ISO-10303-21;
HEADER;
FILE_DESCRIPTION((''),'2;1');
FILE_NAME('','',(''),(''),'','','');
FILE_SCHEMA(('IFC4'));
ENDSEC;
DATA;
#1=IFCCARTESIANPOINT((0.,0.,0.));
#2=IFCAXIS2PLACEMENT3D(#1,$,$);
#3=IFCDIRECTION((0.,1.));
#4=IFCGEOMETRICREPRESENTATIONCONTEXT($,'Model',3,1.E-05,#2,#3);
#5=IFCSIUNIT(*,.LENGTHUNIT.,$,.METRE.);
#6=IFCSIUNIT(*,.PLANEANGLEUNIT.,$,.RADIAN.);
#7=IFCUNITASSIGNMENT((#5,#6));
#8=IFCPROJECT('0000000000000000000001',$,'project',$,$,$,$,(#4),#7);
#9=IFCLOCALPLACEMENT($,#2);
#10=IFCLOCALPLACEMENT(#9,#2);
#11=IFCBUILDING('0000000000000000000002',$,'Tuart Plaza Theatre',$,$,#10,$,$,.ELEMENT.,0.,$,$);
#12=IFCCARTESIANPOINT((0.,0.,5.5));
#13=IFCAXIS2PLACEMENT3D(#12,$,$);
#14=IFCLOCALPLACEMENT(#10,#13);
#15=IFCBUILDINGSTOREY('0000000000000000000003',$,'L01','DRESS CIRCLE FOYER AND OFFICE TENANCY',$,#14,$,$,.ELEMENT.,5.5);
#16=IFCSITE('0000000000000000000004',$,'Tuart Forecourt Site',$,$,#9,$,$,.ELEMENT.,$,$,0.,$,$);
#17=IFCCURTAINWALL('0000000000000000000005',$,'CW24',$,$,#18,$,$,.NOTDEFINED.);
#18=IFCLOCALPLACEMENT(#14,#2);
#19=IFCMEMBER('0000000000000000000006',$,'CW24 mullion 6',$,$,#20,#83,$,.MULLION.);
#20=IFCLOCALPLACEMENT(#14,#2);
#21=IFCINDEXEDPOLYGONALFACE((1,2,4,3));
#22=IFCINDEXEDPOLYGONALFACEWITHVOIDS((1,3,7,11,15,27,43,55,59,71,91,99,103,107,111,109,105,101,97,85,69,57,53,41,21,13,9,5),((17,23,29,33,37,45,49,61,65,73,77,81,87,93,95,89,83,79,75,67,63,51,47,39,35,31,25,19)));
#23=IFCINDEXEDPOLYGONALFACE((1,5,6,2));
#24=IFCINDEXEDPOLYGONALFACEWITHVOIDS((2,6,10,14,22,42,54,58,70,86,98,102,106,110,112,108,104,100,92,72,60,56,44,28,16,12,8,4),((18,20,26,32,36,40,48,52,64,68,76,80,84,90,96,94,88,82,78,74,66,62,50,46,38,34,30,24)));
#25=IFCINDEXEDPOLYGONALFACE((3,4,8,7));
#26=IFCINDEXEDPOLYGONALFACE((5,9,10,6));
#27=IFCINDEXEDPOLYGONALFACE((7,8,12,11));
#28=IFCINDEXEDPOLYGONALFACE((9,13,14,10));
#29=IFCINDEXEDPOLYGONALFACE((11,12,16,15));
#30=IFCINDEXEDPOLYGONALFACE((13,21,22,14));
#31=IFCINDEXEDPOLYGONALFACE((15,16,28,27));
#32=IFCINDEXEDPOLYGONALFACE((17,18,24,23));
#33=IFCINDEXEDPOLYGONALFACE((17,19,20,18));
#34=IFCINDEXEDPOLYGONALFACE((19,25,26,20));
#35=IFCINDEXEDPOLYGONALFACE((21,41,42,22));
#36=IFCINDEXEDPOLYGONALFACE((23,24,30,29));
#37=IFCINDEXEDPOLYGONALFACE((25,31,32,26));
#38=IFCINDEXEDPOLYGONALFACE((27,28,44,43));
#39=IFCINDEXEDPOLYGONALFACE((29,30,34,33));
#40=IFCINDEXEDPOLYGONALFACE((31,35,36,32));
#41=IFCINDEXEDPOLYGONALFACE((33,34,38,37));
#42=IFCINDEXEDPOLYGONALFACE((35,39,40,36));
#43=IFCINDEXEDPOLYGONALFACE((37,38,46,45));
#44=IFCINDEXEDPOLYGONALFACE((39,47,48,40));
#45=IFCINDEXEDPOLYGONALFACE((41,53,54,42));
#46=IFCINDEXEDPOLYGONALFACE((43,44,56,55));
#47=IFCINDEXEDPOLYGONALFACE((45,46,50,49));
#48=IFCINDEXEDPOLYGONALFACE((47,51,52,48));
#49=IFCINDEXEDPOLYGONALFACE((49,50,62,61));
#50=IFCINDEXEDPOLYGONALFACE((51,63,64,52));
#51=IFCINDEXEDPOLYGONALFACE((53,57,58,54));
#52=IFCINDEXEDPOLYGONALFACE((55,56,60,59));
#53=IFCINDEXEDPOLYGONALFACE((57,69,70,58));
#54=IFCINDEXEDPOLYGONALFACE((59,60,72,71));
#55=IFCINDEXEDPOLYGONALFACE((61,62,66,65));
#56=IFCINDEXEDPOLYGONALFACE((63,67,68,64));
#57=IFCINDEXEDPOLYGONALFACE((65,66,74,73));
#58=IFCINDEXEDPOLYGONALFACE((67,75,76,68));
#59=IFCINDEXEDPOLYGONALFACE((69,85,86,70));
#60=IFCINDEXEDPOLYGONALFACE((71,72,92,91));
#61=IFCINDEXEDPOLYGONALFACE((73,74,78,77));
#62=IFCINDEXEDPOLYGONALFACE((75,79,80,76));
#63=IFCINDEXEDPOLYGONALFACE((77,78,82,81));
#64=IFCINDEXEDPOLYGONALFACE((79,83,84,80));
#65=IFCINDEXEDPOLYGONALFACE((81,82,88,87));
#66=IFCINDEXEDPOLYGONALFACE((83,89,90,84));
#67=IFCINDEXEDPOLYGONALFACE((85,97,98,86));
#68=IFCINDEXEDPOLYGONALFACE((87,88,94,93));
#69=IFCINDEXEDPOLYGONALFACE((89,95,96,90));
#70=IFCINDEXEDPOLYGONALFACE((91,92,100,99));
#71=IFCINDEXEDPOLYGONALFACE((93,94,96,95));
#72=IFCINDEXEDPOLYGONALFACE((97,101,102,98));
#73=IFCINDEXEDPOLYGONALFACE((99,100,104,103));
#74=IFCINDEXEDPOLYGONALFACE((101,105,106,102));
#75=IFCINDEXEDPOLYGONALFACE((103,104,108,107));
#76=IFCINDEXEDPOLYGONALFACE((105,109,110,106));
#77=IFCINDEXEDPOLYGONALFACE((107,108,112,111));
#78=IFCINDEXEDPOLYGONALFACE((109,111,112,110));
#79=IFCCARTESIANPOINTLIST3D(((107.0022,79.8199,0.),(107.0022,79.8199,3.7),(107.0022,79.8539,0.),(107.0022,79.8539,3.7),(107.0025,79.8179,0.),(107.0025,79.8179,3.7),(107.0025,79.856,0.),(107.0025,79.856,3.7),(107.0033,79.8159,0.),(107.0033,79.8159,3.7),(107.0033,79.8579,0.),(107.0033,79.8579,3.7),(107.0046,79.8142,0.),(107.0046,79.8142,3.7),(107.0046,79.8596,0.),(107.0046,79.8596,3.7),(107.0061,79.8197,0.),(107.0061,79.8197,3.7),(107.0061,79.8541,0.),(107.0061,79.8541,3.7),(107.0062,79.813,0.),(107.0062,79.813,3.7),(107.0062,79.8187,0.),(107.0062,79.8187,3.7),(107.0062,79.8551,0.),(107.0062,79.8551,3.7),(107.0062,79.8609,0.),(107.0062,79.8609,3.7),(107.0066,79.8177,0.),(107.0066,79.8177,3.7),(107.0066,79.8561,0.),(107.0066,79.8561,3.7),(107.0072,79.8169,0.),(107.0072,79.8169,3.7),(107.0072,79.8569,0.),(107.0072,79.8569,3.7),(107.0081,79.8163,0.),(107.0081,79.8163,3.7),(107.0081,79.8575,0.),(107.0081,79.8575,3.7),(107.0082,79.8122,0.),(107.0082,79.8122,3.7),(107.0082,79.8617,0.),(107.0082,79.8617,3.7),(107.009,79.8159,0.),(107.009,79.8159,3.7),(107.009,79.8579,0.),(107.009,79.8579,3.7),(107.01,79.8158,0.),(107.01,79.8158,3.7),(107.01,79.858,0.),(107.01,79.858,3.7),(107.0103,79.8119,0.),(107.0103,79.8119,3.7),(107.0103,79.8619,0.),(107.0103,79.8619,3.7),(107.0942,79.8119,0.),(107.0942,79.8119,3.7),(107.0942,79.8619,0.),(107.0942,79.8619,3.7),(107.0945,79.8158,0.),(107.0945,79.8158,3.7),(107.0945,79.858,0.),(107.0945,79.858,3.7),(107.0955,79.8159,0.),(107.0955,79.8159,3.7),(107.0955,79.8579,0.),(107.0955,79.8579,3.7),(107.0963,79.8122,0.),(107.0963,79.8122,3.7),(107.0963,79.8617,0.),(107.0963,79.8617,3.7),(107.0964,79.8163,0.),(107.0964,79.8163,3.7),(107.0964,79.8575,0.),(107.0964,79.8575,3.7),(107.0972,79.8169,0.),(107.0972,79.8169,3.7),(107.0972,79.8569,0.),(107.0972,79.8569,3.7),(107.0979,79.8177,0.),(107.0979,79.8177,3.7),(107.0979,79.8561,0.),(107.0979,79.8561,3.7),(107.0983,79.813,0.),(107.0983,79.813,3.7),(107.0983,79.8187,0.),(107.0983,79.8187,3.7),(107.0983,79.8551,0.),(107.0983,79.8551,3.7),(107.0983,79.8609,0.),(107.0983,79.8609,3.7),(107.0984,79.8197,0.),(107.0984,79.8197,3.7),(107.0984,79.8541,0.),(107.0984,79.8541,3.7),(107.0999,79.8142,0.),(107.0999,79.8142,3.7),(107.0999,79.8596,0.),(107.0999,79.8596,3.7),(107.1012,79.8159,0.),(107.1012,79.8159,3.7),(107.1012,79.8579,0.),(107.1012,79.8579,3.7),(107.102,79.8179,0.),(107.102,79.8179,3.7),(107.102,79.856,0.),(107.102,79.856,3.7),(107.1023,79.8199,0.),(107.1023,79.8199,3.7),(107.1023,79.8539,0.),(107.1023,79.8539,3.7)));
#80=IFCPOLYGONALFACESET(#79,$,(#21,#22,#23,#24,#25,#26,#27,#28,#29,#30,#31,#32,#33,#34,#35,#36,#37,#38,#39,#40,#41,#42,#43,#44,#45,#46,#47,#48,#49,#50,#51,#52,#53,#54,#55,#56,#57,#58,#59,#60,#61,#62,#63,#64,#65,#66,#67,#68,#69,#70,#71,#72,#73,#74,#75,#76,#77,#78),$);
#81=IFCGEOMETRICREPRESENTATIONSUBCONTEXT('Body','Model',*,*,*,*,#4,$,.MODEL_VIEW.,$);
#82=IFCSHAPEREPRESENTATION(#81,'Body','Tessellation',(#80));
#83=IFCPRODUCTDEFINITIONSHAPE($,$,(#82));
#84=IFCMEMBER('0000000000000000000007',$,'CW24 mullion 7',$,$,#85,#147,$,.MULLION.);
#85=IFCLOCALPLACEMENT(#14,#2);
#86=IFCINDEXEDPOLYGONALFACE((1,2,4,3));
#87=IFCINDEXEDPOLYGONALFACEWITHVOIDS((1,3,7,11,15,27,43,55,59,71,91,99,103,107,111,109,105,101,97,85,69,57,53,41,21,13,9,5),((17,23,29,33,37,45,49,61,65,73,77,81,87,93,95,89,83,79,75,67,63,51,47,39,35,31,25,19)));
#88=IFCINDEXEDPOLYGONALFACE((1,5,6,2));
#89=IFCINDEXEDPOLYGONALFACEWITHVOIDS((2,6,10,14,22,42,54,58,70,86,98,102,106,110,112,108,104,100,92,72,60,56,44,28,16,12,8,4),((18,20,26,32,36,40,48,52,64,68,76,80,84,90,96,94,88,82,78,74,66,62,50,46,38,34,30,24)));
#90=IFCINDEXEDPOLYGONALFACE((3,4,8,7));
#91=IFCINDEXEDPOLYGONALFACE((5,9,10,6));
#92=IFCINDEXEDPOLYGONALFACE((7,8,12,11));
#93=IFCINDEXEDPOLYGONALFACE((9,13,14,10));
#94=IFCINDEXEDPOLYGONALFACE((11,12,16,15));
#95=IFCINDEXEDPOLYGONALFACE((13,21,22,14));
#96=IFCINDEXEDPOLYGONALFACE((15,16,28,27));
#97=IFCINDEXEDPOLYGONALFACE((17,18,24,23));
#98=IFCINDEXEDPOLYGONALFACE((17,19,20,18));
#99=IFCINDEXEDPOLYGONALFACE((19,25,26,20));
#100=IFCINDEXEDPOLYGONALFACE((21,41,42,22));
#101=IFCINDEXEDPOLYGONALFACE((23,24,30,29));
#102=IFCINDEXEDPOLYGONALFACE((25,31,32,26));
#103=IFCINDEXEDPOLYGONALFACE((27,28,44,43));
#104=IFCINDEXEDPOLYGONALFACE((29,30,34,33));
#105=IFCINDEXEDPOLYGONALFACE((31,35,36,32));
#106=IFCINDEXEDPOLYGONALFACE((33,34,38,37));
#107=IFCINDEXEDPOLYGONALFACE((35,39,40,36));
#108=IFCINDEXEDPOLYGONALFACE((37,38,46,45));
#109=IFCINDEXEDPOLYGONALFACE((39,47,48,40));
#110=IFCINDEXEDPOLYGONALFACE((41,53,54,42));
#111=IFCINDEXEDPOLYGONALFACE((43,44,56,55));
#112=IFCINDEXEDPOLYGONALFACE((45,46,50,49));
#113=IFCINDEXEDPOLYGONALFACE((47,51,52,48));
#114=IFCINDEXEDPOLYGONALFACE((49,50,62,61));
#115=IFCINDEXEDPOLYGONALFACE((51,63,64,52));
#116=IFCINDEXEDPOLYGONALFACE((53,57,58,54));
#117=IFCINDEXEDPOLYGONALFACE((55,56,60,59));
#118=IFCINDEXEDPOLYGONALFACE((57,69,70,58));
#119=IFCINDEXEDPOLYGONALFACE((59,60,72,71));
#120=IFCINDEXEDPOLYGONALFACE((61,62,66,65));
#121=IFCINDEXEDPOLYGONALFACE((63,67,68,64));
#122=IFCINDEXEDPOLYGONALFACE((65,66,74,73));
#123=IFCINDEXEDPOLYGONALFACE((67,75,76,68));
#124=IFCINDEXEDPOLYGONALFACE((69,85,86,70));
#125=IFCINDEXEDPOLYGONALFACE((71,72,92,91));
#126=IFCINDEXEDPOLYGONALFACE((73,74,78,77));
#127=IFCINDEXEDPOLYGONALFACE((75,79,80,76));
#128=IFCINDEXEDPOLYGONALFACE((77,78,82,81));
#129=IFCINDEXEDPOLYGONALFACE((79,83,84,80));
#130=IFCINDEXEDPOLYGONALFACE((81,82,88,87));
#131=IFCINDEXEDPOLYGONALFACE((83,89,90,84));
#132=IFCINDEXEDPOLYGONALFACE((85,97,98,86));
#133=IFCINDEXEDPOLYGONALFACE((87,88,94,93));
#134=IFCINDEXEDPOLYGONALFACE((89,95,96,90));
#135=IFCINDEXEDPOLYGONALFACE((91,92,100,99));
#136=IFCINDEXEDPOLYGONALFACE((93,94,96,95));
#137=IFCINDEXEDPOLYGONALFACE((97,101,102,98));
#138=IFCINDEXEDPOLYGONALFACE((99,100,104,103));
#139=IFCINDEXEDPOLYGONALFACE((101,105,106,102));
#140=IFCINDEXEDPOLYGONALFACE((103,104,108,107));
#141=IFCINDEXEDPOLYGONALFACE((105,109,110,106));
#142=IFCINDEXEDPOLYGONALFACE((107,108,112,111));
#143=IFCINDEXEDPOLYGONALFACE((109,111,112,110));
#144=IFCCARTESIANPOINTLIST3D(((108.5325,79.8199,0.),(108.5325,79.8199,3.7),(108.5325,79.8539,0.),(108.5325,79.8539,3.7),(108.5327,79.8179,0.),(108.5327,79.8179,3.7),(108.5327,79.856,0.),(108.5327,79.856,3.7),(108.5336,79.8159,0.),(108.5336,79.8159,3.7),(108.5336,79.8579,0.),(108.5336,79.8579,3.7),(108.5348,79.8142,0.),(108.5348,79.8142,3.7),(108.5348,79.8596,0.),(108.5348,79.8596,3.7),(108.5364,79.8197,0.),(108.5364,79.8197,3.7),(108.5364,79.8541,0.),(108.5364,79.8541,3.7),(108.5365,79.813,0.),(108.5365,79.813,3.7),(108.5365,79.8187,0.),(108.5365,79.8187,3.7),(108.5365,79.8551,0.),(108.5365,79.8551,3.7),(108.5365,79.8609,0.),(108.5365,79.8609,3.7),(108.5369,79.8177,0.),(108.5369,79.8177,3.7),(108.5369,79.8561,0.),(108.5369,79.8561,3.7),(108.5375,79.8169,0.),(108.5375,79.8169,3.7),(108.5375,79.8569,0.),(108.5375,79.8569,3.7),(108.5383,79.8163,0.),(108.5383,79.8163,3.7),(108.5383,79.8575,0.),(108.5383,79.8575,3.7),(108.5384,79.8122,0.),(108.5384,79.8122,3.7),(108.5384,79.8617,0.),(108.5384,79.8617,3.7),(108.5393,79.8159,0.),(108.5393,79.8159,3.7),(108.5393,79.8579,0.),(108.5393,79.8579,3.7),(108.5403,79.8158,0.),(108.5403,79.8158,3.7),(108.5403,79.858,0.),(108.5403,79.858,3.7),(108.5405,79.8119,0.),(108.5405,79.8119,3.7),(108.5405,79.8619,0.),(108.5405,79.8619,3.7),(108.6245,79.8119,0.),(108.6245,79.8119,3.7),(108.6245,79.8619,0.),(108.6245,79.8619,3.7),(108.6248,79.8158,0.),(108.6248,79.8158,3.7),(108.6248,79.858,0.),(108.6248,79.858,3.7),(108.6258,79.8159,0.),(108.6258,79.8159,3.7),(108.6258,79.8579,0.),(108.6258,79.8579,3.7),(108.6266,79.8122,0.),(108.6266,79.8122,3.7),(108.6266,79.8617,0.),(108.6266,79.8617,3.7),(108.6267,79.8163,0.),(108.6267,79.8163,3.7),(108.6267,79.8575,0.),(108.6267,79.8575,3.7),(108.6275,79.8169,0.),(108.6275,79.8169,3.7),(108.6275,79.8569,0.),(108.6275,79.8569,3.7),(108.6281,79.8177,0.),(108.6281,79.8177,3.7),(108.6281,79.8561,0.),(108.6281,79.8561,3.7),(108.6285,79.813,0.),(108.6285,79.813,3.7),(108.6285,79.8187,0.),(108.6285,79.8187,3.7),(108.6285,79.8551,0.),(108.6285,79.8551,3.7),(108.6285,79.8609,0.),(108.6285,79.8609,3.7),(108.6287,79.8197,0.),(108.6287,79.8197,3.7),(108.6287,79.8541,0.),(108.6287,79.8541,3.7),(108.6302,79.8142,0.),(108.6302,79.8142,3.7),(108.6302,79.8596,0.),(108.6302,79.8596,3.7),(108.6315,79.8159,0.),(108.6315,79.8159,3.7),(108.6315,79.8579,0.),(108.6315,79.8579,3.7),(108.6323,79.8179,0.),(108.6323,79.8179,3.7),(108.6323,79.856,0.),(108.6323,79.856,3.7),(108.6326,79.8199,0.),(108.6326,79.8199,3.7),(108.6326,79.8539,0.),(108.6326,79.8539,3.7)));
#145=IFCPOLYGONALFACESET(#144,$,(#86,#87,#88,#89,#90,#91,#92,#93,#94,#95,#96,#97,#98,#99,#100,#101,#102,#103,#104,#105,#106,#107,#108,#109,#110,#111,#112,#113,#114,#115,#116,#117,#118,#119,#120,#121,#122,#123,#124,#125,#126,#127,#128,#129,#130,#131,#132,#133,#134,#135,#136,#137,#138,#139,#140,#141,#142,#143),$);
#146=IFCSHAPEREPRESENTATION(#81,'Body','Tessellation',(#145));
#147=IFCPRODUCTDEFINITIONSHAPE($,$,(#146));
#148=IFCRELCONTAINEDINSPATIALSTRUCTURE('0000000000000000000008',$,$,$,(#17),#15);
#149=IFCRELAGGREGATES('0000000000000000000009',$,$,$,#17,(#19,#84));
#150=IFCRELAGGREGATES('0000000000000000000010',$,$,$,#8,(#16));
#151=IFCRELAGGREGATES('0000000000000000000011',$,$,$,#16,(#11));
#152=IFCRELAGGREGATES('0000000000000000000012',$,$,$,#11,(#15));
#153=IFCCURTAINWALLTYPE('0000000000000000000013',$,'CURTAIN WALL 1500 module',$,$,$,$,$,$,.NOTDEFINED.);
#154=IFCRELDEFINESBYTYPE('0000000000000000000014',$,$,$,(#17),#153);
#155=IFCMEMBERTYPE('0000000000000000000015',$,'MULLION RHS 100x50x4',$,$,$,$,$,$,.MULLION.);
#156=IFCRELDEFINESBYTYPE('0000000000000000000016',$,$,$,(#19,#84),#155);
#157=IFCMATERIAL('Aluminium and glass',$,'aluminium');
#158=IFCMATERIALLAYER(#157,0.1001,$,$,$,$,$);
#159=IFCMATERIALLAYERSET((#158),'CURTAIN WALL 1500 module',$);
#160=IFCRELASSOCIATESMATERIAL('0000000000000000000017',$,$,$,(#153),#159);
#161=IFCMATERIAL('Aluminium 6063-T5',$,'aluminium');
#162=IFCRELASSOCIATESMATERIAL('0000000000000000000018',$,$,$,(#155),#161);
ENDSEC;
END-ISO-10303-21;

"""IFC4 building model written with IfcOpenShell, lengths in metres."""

from ifc_helpers import new_model, si_unit, direction, frame, origin, origin_2d, place, context, subcontext, project, spatial, hollow_rectangle, extrude, material, layer, layer_set, material_profile, profile_set, type_object, element, aggregate, save


model = new_model("IFC4")

# Units and contexts
model_context = context("Model", 3, precision=1e-05, world=origin(), true_north=direction((0.0, 1.0)))
body_context = subcontext(model_context, "Body", "Model", "MODEL_VIEW")
ifc_project = project(units=[si_unit("LENGTHUNIT", "METRE"), si_unit("PLANEANGLEUNIT", "RADIAN")], contexts=[model_context])

# Site, building, storey
site_placement = place(None, origin())
site = spatial("IfcSite", under=ifc_project, at=site_placement, Name="Tuart Forecourt Site", CompositionType="ELEMENT", RefElevation=0.0)
building_placement = place(site_placement, origin())
building = spatial("IfcBuilding", under=site, at=building_placement, Name="Tuart Plaza Theatre", CompositionType="ELEMENT", ElevationOfRefHeight=0.0)
storey_placement = place(building_placement, frame((0.0, 0.0, 5.5)))
storey = spatial("IfcBuildingStorey", under=building, at=storey_placement, Name="L01", Description="DRESS CIRCLE FOYER AND OFFICE TENANCY", CompositionType="ELEMENT", Elevation=5.5)

# Curtain wall, members
ifc_material_1 = material(Name="Aluminium and glass", Category="aluminium")
ifc_layer_1 = layer(ifc_material_1, 0.1001)
ifc_layer_set_1 = layer_set([ifc_layer_1], Name="CURTAIN WALL 1500 module")
curtain_wall_type = type_object("IfcCurtainWallType", Name="CURTAIN WALL 1500 module", PredefinedType="NOTDEFINED", material=ifc_layer_set_1)
curtain_wall_placement = place(storey_placement, origin())
curtain_wall = element("IfcCurtainWall", 1, at=curtain_wall_placement, inside=storey, type_object=curtain_wall_type, Name="CW24", PredefinedType="NOTDEFINED")
ifc_material_2 = material(Name="Aluminium 6063-T5", Category="aluminium")
ifc_material_profile_1 = material_profile(ifc_material_2, hollow_rectangle(XDim=0.05, YDim=0.1001, WallThickness=0.0039, InnerFilletRadius=0.0039, OuterFilletRadius=0.0081, at=origin_2d()), Name="RHS 100x50x4")
ifc_profile_set_1 = profile_set([ifc_material_profile_1], Name="Aluminium 6063-T5")
member_type_1 = type_object("IfcMemberType", Name="MULLION RHS 100x50x4", PredefinedType="MULLION", material=ifc_profile_set_1)
member_1_placement = place(storey_placement, frame((107.0522, 79.8369, 0.0), z_axis=(0.0, 0.0, 1.0), x_axis=(0.0, 1.0, 0.0)))
member_1 = element("IfcMember", 2, at=member_1_placement, type_object=member_type_1, Name="CW24 mullion 6", PredefinedType="MULLION", context=body_context, shape_type="SweptSolid", body=[
    extrude(hollow_rectangle(XDim=0.05, YDim=0.1001, WallThickness=0.0039, InnerFilletRadius=0.0039, OuterFilletRadius=0.0081, at=origin_2d()), origin(), (0.0, 0.0, 1.0), 3.7),
])
member_2_placement = place(storey_placement, frame((108.5825, 79.8369, 0.0), z_axis=(0.0, 0.0, 1.0), x_axis=(0.0, 1.0, 0.0)))
member_2 = element("IfcMember", 3, at=member_2_placement, type_object=member_type_1, Name="CW24 mullion 7", PredefinedType="MULLION", context=body_context, shape_type="SweptSolid", body=[
    extrude(hollow_rectangle(XDim=0.05, YDim=0.1001, WallThickness=0.0039, InnerFilletRadius=0.0039, OuterFilletRadius=0.0081, at=origin_2d()), origin(), (0.0, 0.0, 1.0), 3.7),
])
aggregate(curtain_wall, [member_1, member_2])

save(model, "model.ifc")
